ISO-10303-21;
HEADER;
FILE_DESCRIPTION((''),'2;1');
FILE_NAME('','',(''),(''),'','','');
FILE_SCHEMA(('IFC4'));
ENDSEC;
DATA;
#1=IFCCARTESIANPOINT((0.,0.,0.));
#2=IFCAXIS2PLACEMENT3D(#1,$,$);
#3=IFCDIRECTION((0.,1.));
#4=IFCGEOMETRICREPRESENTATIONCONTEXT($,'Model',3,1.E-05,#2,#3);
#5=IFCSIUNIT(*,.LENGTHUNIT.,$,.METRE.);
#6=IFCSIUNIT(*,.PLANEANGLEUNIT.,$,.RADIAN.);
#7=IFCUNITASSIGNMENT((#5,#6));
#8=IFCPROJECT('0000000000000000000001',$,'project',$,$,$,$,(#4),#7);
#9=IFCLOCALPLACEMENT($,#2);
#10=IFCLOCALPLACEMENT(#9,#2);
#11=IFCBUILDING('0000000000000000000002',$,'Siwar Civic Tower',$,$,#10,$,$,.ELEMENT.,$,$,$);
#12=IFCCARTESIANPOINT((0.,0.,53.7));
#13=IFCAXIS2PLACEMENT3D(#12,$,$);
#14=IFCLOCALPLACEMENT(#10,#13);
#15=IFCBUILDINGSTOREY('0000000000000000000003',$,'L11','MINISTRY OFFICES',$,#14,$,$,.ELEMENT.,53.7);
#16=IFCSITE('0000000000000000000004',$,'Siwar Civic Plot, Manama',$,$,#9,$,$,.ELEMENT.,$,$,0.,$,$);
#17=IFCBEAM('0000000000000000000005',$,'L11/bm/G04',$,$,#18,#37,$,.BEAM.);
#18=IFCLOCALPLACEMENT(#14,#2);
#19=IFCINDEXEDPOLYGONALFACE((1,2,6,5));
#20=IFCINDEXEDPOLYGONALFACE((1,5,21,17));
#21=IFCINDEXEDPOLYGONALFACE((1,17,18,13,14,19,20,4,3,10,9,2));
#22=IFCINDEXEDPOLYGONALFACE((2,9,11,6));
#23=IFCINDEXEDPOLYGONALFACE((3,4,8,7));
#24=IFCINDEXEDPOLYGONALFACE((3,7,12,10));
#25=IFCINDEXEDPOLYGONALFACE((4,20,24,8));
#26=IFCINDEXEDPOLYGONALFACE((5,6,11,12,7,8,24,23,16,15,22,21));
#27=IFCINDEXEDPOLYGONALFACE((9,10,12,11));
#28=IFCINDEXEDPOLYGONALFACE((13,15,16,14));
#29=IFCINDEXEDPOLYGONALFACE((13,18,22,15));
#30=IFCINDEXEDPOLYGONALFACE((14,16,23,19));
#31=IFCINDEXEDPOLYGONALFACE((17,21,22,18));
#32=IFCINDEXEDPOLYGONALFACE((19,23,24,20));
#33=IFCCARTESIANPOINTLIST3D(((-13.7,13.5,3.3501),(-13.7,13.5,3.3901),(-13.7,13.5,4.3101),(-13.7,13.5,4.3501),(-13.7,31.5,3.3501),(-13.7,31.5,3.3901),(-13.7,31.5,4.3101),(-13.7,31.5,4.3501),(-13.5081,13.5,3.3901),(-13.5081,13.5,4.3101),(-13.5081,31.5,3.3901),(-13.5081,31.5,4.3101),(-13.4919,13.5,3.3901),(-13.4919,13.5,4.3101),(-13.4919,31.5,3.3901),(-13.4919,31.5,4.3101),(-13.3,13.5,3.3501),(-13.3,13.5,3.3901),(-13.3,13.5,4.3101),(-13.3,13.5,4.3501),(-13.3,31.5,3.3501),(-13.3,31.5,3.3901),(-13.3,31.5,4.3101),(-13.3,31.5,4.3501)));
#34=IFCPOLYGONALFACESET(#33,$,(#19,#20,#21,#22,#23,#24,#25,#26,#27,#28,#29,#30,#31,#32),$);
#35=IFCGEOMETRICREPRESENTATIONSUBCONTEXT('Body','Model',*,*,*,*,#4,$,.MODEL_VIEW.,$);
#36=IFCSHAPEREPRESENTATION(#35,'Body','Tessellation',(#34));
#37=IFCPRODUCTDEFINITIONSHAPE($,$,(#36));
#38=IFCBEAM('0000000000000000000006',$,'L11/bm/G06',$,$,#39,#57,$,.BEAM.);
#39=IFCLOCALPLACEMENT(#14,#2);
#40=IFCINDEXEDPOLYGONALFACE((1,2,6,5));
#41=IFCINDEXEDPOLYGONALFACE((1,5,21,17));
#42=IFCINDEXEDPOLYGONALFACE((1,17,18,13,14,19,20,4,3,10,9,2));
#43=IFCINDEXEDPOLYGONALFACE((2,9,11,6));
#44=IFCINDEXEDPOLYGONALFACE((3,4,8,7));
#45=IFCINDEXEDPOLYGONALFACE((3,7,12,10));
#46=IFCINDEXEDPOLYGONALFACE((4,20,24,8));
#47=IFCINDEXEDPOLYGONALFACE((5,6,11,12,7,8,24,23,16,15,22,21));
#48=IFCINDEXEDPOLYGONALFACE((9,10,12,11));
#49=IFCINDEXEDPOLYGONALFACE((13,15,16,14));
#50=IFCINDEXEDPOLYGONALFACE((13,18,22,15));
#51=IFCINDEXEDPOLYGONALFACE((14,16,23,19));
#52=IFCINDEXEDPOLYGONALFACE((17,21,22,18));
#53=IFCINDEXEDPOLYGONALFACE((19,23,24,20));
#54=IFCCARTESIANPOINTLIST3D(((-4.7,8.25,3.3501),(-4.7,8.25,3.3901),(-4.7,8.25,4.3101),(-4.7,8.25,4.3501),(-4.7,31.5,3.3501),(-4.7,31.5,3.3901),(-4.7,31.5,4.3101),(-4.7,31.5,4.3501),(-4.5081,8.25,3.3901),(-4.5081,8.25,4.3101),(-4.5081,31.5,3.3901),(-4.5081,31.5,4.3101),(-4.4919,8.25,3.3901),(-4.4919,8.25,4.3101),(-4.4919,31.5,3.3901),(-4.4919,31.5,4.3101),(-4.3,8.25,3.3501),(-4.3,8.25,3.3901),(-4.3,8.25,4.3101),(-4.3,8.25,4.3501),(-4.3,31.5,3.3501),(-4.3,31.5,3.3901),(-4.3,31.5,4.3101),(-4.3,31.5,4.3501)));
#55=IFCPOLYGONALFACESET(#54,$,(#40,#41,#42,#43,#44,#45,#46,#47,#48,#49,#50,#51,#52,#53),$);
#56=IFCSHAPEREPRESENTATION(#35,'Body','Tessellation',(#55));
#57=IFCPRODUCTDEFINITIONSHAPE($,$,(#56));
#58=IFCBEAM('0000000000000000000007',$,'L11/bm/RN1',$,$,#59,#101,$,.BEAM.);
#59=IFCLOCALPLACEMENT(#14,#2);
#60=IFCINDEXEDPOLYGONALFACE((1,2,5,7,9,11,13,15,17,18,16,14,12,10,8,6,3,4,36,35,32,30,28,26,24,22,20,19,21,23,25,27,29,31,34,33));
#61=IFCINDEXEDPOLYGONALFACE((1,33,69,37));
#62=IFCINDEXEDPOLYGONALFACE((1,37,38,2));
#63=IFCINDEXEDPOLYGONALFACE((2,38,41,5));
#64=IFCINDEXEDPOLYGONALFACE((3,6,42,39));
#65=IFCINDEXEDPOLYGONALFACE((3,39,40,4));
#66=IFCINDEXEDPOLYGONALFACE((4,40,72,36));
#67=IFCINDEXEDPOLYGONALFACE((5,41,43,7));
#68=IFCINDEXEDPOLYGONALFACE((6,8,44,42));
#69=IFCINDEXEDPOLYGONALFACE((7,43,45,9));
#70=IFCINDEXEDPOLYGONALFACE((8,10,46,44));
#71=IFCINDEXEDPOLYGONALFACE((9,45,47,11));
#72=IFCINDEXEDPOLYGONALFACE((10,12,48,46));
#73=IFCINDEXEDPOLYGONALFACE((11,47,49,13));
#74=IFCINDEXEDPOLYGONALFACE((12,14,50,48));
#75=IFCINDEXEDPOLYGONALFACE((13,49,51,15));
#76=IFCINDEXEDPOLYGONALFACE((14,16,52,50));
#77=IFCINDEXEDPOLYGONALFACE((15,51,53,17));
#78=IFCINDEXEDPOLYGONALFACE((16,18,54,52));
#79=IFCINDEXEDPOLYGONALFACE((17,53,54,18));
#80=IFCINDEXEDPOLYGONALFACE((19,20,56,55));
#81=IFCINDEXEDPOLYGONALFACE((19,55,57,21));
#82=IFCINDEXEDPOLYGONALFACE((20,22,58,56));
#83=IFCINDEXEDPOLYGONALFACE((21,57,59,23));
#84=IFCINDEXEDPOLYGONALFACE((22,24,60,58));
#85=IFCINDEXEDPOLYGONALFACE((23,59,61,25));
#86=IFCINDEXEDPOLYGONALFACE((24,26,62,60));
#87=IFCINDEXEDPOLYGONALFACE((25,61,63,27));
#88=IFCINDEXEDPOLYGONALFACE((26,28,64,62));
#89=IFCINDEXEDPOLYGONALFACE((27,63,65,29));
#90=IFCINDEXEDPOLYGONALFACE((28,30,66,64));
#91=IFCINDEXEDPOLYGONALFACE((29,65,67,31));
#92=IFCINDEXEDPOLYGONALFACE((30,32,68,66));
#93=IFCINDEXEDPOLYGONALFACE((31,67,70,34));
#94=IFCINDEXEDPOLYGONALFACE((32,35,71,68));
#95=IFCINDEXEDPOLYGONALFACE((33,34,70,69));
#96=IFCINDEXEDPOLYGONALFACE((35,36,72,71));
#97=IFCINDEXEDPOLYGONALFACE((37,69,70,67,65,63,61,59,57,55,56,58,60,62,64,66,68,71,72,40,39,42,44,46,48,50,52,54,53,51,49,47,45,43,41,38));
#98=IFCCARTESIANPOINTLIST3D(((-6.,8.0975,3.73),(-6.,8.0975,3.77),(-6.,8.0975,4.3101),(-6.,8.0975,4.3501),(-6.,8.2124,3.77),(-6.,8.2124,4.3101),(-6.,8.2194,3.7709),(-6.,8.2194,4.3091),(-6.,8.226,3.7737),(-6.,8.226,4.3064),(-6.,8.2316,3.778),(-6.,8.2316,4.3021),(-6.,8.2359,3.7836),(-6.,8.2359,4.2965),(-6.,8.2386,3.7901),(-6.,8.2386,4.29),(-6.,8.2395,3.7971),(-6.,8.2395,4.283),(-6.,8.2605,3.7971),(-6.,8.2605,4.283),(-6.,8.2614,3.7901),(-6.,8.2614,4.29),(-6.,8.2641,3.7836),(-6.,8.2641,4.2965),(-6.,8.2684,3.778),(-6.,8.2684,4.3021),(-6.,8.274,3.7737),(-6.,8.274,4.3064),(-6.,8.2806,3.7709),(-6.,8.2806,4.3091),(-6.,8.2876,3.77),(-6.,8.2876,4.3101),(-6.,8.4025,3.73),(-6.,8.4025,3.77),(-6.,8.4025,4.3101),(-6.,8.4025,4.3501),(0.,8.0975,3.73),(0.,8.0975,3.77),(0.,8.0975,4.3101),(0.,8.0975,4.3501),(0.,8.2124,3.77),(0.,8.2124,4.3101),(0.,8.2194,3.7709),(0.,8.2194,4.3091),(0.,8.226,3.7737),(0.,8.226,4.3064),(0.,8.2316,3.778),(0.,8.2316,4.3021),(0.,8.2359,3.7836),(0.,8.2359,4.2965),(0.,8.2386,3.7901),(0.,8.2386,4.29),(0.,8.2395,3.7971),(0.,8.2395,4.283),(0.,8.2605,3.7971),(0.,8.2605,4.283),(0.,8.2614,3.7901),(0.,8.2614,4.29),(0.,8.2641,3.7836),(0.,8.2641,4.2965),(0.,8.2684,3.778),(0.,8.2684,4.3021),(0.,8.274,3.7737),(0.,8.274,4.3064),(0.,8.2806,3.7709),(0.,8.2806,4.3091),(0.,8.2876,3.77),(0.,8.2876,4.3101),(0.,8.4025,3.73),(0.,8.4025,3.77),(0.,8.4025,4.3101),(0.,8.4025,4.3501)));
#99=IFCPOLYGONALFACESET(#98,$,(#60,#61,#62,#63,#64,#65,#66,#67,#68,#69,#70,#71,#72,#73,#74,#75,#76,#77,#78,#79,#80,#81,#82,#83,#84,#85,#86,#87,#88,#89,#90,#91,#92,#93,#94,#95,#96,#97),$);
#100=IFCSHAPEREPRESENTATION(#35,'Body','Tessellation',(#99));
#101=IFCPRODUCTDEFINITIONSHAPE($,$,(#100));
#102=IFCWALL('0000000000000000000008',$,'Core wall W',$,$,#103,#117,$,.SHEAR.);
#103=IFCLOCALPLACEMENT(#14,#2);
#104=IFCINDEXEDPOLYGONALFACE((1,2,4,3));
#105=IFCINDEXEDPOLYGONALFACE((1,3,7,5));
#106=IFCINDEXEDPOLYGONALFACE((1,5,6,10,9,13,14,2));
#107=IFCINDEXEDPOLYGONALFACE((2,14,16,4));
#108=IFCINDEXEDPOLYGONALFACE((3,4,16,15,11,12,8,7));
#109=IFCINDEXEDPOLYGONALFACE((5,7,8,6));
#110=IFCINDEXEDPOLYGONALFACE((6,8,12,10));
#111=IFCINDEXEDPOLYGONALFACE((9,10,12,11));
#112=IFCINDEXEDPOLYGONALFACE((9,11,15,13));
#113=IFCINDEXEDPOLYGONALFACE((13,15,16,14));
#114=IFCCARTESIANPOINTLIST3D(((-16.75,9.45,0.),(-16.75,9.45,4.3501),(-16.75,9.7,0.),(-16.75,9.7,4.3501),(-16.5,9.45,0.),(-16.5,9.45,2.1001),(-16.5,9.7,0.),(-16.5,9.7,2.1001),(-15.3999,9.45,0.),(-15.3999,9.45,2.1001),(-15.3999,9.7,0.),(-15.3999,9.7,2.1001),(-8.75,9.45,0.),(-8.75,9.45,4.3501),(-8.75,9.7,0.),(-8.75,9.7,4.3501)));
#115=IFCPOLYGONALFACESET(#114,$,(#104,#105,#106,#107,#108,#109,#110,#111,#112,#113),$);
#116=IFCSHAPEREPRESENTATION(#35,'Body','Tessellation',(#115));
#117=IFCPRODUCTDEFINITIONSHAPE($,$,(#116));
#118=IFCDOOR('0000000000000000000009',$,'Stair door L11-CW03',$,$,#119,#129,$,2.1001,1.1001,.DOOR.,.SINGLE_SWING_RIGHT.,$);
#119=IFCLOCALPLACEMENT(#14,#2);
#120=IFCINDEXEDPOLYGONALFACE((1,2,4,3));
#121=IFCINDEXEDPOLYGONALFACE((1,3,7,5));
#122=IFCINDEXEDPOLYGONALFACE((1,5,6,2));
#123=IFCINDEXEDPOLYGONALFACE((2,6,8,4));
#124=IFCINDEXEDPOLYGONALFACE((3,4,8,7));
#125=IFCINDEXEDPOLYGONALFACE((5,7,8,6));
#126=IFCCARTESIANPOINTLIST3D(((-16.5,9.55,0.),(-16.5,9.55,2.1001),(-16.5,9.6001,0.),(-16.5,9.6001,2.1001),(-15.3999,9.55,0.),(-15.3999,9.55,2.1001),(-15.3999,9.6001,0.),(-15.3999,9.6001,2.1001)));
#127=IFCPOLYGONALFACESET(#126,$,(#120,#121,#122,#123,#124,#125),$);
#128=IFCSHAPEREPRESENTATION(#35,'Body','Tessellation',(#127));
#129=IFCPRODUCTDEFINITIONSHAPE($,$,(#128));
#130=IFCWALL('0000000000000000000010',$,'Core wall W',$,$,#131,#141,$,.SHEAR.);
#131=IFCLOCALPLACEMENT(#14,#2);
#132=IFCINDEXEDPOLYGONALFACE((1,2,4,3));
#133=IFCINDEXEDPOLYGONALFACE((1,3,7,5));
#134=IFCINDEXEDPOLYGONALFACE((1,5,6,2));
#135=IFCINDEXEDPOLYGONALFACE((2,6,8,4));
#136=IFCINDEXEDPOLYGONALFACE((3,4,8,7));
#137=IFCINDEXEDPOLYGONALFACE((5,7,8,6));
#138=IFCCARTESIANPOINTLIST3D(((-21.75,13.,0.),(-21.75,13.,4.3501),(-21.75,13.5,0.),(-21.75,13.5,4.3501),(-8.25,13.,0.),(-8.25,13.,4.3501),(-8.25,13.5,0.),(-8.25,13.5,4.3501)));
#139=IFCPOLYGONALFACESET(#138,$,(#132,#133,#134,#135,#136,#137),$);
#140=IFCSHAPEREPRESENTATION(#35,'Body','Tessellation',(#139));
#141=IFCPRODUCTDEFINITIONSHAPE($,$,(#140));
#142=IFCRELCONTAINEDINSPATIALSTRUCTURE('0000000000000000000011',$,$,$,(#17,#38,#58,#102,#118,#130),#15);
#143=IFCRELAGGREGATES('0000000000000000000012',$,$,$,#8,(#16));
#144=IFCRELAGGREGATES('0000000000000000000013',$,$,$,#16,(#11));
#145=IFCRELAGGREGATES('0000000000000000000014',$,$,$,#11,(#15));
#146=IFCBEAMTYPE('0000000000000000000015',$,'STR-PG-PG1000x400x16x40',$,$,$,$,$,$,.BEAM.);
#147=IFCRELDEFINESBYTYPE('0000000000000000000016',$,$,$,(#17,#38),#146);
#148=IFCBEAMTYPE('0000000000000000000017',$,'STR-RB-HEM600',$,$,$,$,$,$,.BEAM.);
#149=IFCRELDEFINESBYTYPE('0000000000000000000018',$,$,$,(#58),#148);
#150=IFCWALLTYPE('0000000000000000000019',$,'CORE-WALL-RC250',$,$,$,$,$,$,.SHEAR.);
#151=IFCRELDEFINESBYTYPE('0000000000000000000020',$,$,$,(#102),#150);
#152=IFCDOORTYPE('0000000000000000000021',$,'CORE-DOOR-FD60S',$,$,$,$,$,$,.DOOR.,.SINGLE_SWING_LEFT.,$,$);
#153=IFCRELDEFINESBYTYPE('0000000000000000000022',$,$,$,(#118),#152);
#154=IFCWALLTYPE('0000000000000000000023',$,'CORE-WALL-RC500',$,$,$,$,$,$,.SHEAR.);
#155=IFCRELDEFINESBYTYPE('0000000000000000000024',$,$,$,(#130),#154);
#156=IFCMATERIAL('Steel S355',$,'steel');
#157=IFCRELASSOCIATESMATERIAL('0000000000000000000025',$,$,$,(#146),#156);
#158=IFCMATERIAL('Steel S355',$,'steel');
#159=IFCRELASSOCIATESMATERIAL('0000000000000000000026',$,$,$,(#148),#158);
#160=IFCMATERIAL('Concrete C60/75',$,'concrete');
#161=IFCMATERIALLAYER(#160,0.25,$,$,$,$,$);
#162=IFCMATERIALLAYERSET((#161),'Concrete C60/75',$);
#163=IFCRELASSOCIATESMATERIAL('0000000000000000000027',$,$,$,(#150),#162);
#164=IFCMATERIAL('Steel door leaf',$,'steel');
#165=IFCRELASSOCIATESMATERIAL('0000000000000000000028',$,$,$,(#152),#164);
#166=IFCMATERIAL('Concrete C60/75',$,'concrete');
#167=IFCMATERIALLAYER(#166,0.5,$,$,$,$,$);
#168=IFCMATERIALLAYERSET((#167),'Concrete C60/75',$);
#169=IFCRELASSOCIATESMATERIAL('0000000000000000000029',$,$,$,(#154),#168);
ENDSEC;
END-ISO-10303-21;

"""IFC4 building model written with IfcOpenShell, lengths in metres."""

from ifc_helpers import new_model, si_unit, direction, frame, frame_2d, origin, origin_2d, place, context, subcontext, project, spatial, rectangle, i_section, extrude, material, layer, layer_set, material_profile, profile_set, type_object, element, fill, save


model = new_model("IFC4")

# Units and contexts
model_context = context("Model", 3, precision=1e-05, world=origin(), true_north=direction((0.0, 1.0)))
body_context = subcontext(model_context, "Body", "Model", "MODEL_VIEW")
ifc_project = project(units=[si_unit("LENGTHUNIT", "METRE"), si_unit("PLANEANGLEUNIT", "RADIAN")], contexts=[model_context])

# Site, building, storey
site_placement = place(None, origin())
site = spatial("IfcSite", under=ifc_project, at=site_placement, Name="Siwar Civic Plot, Manama", CompositionType="ELEMENT", RefElevation=0.0)
building_placement = place(site_placement, origin())
building = spatial("IfcBuilding", under=site, at=building_placement, Name="Siwar Civic Tower", CompositionType="ELEMENT")
storey_placement = place(building_placement, frame((0.0, 0.0, 53.7)))
storey = spatial("IfcBuildingStorey", under=building, at=storey_placement, Name="L11", Description="MINISTRY OFFICES", CompositionType="ELEMENT", Elevation=53.7)

# Beams
ifc_material_1 = material(Name="Steel S355", Category="steel")
ifc_material_profile_1 = material_profile(ifc_material_1, i_section(OverallWidth=0.3999, OverallDepth=1.0, WebThickness=0.0161, FlangeThickness=0.04, at=origin_2d()), Name="PG1000x400x16x40")
ifc_profile_set_1 = profile_set([ifc_material_profile_1], Name="Steel S355")
beam_type_1 = type_object("IfcBeamType", Name="STR-PG-PG1000x400x16x40", PredefinedType="BEAM", material=ifc_profile_set_1)
beam_1_placement = place(storey_placement, frame((-13.5, 13.5, 3.8501), z_axis=(0.0, 1.0, 0.0), x_axis=(-1.0, 0.0, 0.0)))
element("IfcBeam", 1, at=beam_1_placement, inside=storey, type_object=beam_type_1, Name="L11/bm/G04", PredefinedType="BEAM", context=body_context, shape_type="SweptSolid", body=[
    extrude(i_section(OverallWidth=0.3999, OverallDepth=1.0, WebThickness=0.0161, FlangeThickness=0.04, at=origin_2d()), origin(), (0.0, 0.0, 1.0), 18.0),
])
beam_2_placement = place(storey_placement, frame((-4.5, 8.25, 3.8501), z_axis=(0.0, 1.0, 0.0), x_axis=(-1.0, 0.0, 0.0)))
element("IfcBeam", 2, at=beam_2_placement, inside=storey, type_object=beam_type_1, Name="L11/bm/G06", PredefinedType="BEAM", context=body_context, shape_type="SweptSolid", body=[
    extrude(i_section(OverallWidth=0.3999, OverallDepth=1.0, WebThickness=0.0161, FlangeThickness=0.04, at=origin_2d()), origin(), (0.0, 0.0, 1.0), 23.25),
])
ifc_material_2 = material(Name="Steel S355", Category="steel")
ifc_material_profile_2 = material_profile(ifc_material_2, i_section(OverallWidth=0.3049, OverallDepth=0.6201, WebThickness=0.021, FlangeThickness=0.04, FilletRadius=0.0271, at=origin_2d()), Name="HEM600")
ifc_profile_set_2 = profile_set([ifc_material_profile_2], Name="Steel S355")
beam_type_2 = type_object("IfcBeamType", Name="STR-RB-HEM600", PredefinedType="BEAM", material=ifc_profile_set_2)
beam_3_placement = place(storey_placement, frame((-6.0, 8.25, 4.04), z_axis=(1.0, 0.0, 0.0), x_axis=(0.0, 1.0, 0.0)))
element("IfcBeam", 3, at=beam_3_placement, inside=storey, type_object=beam_type_2, Name="L11/bm/RN1", PredefinedType="BEAM", context=body_context, shape_type="SweptSolid", body=[
    extrude(i_section(OverallWidth=0.3049, OverallDepth=0.6201, WebThickness=0.021, FlangeThickness=0.04, FilletRadius=0.0271, at=origin_2d()), origin(), (0.0, 0.0, 1.0), 6.0),
])

# Wall, opening, door
ifc_material_3 = material(Name="Concrete C60/75", Category="concrete")
ifc_layer_1 = layer(ifc_material_3, 0.25)
ifc_layer_set_1 = layer_set([ifc_layer_1], Name="Concrete C60/75")
wall_type_1 = type_object("IfcWallType", Name="CORE-WALL-RC250", PredefinedType="SHEAR", material=ifc_layer_set_1)
wall_1_placement = place(storey_placement, frame((-8.75, 9.575, 0.0), z_axis=(0.0, 0.0, 1.0), x_axis=(-1.0, 0.0, 0.0)))
wall_1 = element("IfcWall", 4, at=wall_1_placement, inside=storey, type_object=wall_type_1, Name="Core wall W", PredefinedType="SHEAR", context=body_context, shape_type="SweptSolid", body=[
    extrude(rectangle(XDim=8.0, YDim=0.25, at=frame_2d((4.0, 0.0))), origin(), (0.0, 0.0, 1.0), 4.3501),
])
opening_1_placement = place(wall_1_placement, frame((6.6499, 0.0, 0.0)))
opening_1 = element("IfcOpeningElement", 5, at=opening_1_placement, cuts=wall_1, PredefinedType="OPENING", context=body_context, shape_type="SweptSolid", body=[
    extrude(rectangle(XDim=1.1001, YDim=2.1001, at=frame_2d((0.55, 1.05))), frame((0.0, 0.135, 0.0), z_axis=(0.0, -1.0, 0.0), x_axis=(1.0, 0.0, 0.0)), (0.0, 0.0, 1.0), 0.27),
])
ifc_material_4 = material(Name="Steel door leaf", Category="steel")
door_type_1 = type_object("IfcDoorType", Name="CORE-DOOR-FD60S", OperationType="SINGLE_SWING_LEFT", PredefinedType="DOOR", material=ifc_material_4)
door_1_placement = place(opening_1_placement, origin())
door_1 = element("IfcDoor", 6, at=door_1_placement, inside=storey, type_object=door_type_1, Name="Stair door L11-CW03", OperationType="SINGLE_SWING_RIGHT", OverallHeight=2.1001, OverallWidth=1.1001, PredefinedType="DOOR", context=body_context, shape_type="SweptSolid", body=[
    extrude(rectangle(XDim=1.1001, YDim=2.1001, at=frame_2d((0.55, 1.05))), frame((0.0, 0.0249, 0.0), z_axis=(0.0, -1.0, 0.0), x_axis=(1.0, 0.0, 0.0)), (0.0, 0.0, 1.0), 0.05),
])
fill(opening_1, door_1)

# Wall
ifc_material_5 = material(Name="Concrete C60/75", Category="concrete")
ifc_layer_2 = layer(ifc_material_5, 0.5)
ifc_layer_set_2 = layer_set([ifc_layer_2], Name="Concrete C60/75")
wall_type_2 = type_object("IfcWallType", Name="CORE-WALL-RC500", PredefinedType="SHEAR", material=ifc_layer_set_2)
wall_2_placement = place(storey_placement, frame((-8.25, 13.25, 0.0), z_axis=(0.0, 0.0, 1.0), x_axis=(-1.0, 0.0, 0.0)))
element("IfcWall", 7, at=wall_2_placement, inside=storey, type_object=wall_type_2, Name="Core wall W", PredefinedType="SHEAR", context=body_context, shape_type="SweptSolid", body=[
    extrude(rectangle(XDim=13.5, YDim=0.5, at=frame_2d((6.75, 0.0))), origin(), (0.0, 0.0, 1.0), 4.3501),
])

save(model, "model.ifc")
